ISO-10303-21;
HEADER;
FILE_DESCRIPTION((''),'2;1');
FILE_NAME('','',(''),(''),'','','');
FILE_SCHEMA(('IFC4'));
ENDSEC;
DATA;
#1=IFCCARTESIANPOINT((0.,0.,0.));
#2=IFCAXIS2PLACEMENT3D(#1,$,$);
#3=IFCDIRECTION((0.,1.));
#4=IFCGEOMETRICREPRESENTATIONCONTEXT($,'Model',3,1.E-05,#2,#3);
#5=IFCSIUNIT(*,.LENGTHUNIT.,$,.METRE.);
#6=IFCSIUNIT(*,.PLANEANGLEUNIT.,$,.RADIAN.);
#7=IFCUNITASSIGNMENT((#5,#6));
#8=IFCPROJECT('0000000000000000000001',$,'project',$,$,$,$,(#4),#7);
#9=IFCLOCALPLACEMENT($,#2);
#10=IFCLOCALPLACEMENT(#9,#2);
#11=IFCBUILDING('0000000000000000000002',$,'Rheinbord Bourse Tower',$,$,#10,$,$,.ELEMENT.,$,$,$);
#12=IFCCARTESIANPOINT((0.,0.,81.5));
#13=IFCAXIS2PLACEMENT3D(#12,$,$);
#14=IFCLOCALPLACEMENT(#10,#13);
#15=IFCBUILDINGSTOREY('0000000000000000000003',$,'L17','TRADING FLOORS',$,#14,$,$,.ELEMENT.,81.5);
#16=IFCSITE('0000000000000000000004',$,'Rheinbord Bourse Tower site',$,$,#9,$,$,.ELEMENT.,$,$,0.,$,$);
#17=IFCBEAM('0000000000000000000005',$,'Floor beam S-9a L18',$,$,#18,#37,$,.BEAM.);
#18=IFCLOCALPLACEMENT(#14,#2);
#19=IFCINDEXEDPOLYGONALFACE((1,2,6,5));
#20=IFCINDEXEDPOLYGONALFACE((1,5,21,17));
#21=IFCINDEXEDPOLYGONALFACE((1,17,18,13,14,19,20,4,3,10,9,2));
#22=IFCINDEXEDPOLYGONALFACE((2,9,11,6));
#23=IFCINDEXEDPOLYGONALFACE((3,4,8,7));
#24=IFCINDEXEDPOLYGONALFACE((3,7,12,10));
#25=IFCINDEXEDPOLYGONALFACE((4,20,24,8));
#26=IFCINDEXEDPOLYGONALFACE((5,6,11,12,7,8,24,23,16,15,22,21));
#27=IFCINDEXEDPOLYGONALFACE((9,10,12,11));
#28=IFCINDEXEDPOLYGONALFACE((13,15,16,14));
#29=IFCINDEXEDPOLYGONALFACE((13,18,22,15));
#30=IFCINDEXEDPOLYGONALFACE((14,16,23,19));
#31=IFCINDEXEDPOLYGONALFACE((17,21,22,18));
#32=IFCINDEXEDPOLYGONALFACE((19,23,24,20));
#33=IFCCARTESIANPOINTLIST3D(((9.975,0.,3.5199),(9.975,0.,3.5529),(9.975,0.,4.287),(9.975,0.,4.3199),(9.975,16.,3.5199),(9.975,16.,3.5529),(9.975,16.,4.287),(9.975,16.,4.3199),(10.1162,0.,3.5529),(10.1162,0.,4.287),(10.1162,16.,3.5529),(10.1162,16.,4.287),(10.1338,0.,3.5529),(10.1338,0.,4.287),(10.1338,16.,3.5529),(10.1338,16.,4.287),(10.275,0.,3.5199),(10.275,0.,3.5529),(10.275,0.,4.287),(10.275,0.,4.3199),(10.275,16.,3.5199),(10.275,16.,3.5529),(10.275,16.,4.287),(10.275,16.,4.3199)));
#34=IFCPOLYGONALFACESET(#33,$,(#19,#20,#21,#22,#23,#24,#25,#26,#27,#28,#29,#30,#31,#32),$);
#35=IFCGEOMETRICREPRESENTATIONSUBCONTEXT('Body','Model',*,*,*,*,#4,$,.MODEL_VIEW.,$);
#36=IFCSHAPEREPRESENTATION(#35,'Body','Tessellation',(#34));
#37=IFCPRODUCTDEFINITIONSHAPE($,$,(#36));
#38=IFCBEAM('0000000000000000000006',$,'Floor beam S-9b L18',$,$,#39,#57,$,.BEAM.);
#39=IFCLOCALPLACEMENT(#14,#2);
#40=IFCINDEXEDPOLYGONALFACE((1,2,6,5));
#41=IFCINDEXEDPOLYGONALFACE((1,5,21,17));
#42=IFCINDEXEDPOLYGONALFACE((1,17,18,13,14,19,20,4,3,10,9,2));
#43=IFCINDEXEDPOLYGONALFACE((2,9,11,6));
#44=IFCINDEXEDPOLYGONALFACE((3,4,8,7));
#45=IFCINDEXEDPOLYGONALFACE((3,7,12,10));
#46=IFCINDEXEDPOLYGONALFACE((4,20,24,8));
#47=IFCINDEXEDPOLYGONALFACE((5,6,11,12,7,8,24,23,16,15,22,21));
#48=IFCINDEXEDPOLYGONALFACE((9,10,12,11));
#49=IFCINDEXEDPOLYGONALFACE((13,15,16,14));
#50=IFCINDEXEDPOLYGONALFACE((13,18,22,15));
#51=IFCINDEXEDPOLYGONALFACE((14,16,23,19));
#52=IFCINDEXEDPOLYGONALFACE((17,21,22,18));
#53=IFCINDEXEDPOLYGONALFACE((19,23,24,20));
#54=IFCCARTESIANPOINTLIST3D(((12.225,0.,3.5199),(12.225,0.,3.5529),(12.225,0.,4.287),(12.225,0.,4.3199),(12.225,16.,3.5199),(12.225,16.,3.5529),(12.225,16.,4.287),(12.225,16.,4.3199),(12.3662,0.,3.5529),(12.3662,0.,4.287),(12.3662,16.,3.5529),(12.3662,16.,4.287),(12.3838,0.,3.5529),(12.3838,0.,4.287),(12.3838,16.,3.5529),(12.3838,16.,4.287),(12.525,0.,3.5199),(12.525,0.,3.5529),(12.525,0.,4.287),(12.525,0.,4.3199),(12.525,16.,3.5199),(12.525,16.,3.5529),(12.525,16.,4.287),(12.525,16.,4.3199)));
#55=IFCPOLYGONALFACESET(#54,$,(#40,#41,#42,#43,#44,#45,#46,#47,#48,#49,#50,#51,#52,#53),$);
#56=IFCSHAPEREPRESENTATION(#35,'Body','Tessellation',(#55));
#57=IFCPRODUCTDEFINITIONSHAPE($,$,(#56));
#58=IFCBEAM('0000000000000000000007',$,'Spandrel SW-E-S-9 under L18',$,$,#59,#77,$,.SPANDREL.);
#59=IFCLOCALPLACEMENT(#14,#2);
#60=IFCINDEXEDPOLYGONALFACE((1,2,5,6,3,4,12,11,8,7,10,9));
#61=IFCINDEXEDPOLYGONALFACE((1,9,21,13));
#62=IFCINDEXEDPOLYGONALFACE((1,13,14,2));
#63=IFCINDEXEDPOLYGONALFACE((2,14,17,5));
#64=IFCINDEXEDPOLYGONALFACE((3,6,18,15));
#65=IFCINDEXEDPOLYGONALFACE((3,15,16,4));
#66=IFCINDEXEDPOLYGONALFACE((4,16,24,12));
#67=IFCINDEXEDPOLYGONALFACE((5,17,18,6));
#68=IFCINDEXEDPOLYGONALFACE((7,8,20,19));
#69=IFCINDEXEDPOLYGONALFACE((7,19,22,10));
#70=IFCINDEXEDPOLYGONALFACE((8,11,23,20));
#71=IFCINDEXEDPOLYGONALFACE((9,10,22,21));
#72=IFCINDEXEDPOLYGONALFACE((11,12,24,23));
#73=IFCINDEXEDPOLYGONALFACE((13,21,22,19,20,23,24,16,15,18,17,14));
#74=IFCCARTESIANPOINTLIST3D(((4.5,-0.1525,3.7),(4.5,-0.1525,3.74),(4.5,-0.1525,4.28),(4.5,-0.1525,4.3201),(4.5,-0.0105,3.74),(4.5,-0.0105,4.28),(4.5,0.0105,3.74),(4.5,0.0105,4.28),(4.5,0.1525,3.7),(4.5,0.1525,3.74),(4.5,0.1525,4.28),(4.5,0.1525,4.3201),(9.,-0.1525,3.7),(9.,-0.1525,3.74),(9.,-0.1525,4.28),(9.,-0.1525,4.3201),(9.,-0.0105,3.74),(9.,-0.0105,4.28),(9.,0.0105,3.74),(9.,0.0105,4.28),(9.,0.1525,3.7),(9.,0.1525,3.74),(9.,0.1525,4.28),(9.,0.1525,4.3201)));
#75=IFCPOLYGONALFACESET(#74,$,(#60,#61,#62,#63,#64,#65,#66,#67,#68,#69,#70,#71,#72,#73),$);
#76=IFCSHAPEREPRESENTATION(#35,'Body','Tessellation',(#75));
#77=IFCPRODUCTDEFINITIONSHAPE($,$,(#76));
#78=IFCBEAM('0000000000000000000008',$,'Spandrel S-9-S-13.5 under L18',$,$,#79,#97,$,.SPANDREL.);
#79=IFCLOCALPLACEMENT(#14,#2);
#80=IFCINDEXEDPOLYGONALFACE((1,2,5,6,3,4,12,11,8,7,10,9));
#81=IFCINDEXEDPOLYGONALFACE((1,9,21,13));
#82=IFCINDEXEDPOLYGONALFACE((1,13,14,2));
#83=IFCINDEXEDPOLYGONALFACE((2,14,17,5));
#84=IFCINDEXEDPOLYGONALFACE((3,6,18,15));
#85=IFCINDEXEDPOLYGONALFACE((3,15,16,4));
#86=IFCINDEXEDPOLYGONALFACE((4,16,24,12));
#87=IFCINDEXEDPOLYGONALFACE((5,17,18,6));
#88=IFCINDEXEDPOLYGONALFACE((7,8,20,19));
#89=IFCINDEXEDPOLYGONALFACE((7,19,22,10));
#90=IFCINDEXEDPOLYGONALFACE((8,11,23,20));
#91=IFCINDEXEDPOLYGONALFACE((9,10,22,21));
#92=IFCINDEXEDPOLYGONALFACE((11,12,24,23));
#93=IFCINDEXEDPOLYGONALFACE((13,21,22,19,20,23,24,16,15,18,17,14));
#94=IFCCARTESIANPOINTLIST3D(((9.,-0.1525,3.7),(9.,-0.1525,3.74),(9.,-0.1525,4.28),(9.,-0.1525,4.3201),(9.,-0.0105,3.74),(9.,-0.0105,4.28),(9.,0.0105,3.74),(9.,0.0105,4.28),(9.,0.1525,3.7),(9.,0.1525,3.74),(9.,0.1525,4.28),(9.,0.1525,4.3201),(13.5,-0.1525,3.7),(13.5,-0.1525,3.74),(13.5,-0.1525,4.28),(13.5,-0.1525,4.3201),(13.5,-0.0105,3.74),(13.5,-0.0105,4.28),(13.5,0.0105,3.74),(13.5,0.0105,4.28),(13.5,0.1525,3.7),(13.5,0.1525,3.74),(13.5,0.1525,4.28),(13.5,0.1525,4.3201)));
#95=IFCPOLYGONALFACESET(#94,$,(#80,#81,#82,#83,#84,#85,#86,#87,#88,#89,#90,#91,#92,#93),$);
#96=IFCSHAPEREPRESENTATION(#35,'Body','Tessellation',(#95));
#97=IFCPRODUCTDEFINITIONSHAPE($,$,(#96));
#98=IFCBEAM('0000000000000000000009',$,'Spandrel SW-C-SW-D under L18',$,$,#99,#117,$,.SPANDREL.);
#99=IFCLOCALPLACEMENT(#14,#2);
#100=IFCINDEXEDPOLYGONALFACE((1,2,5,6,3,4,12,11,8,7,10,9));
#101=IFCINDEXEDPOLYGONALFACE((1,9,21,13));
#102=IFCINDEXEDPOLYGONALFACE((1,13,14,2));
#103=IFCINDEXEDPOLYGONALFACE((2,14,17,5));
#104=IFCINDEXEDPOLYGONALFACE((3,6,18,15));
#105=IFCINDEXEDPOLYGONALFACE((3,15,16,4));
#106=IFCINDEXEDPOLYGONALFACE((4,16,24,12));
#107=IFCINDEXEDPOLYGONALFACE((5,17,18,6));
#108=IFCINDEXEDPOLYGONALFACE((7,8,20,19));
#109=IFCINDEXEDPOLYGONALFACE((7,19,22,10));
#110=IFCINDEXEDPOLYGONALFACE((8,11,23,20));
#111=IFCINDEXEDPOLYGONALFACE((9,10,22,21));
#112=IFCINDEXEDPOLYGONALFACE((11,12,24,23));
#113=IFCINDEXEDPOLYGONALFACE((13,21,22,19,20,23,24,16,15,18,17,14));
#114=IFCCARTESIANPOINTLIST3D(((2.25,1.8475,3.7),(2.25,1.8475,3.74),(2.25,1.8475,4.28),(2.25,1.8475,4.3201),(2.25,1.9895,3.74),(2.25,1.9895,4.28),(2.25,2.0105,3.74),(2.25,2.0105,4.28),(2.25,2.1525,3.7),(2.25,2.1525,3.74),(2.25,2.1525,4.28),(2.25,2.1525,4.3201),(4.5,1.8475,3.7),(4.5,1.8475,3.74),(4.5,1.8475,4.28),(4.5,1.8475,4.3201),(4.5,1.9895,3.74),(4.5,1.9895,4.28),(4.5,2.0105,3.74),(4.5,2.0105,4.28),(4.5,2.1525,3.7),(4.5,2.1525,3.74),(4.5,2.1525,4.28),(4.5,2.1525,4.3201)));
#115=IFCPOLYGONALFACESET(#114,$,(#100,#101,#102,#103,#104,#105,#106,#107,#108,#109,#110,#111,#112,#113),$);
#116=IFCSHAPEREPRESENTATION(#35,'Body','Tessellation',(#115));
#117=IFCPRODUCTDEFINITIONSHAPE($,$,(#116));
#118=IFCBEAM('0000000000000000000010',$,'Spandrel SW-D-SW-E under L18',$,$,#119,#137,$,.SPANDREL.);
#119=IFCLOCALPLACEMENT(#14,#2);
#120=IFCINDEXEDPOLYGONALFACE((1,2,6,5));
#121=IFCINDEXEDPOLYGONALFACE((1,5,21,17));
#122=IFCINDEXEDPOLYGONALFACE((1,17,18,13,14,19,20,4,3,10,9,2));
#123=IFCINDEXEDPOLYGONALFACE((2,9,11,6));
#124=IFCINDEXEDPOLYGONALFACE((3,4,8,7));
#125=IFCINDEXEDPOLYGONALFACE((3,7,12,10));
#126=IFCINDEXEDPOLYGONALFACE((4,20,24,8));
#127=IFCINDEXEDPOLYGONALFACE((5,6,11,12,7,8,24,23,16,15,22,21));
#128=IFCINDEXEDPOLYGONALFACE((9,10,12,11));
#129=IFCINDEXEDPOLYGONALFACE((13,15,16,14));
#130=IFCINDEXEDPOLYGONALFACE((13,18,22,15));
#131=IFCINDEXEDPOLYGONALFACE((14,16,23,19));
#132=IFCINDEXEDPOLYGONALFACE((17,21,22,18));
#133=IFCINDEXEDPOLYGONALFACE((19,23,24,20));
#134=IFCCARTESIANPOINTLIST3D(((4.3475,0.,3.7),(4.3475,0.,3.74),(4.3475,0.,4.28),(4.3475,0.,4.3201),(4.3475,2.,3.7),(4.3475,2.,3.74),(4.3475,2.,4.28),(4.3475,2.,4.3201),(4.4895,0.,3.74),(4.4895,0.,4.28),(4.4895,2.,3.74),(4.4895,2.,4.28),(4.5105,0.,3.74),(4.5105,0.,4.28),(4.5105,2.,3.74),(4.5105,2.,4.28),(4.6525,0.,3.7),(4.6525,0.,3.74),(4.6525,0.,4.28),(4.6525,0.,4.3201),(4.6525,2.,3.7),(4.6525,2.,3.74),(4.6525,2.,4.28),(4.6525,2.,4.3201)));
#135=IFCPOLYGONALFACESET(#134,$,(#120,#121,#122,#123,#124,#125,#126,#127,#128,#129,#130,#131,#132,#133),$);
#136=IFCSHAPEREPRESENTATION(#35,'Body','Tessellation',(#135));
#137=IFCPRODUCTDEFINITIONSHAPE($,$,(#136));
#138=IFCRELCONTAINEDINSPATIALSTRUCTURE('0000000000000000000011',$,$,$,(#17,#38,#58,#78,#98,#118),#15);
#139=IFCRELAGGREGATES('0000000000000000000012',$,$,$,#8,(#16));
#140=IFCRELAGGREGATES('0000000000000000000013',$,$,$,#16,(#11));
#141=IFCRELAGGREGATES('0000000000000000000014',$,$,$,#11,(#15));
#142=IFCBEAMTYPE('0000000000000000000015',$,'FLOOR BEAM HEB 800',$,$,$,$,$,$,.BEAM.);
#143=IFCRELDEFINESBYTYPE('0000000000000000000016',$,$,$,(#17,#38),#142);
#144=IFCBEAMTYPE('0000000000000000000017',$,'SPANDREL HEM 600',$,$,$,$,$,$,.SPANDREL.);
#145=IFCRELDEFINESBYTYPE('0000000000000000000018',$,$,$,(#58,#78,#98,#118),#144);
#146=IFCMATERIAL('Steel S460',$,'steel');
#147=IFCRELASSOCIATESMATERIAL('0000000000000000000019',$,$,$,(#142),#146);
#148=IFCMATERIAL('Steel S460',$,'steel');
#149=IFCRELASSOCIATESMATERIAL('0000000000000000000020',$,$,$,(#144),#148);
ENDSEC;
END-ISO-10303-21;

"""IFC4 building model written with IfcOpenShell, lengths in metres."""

from ifc_helpers import new_model, si_unit, direction, frame, origin, origin_2d, place, context, subcontext, project, spatial, i_section, extrude, material, material_profile, profile_set, type_object, element, save


model = new_model("IFC4")

# Units and contexts
model_context = context("Model", 3, precision=1e-05, world=origin(), true_north=direction((0.0, 1.0)))
body_context = subcontext(model_context, "Body", "Model", "MODEL_VIEW")
ifc_project = project(units=[si_unit("LENGTHUNIT", "METRE"), si_unit("PLANEANGLEUNIT", "RADIAN")], contexts=[model_context])

# Site, building, storey
site_placement = place(None, origin())
site = spatial("IfcSite", under=ifc_project, at=site_placement, Name="Rheinbord Bourse Tower site", CompositionType="ELEMENT", RefElevation=0.0)
building_placement = place(site_placement, origin())
building = spatial("IfcBuilding", under=site, at=building_placement, Name="Rheinbord Bourse Tower", CompositionType="ELEMENT")
storey_placement = place(building_placement, frame((0.0, 0.0, 81.5)))
storey = spatial("IfcBuildingStorey", under=building, at=storey_placement, Name="L17", Description="TRADING FLOORS", CompositionType="ELEMENT", Elevation=81.5)

# Beams
ifc_material_1 = material(Name="Steel S460", Category="steel")
ifc_material_profile_1 = material_profile(ifc_material_1, i_section(OverallWidth=0.3, OverallDepth=0.8, WebThickness=0.0176, FlangeThickness=0.033, at=origin_2d()), Name="HEB 800")
ifc_profile_set_1 = profile_set([ifc_material_profile_1], Name="Steel S460")
beam_type_1 = type_object("IfcBeamType", Name="FLOOR BEAM HEB 800", PredefinedType="BEAM", material=ifc_profile_set_1)
for number, where, z_axis, x_axis, name in (
    (1, (10.125, 0.0, 3.9199), (0.0, 1.0, 0.0), (-1.0, 0.0, 0.0), "Floor beam S-9a L18"),
    (2, (12.375, 0.0, 3.9199), (0.0, 1.0, 0.0), (-1.0, 0.0, 0.0), "Floor beam S-9b L18"),
):
    element("IfcBeam", number, at=place(storey_placement, frame(where, z_axis=z_axis, x_axis=x_axis)), inside=storey, type_object=beam_type_1, Name=name, PredefinedType="BEAM", context=body_context, shape_type="SweptSolid", body=[
        extrude(i_section(OverallWidth=0.3, OverallDepth=0.8, WebThickness=0.0176, FlangeThickness=0.033, at=origin_2d()), origin(), (0.0, 0.0, 1.0), 16.0),
    ])
ifc_material_2 = material(Name="Steel S460", Category="steel")
ifc_material_profile_2 = material_profile(ifc_material_2, i_section(OverallWidth=0.3049, OverallDepth=0.6201, WebThickness=0.021, FlangeThickness=0.04, at=origin_2d()), Name="HEM 600")
ifc_profile_set_2 = profile_set([ifc_material_profile_2], Name="Steel S460")
beam_type_2 = type_object("IfcBeamType", Name="SPANDREL HEM 600", PredefinedType="SPANDREL", material=ifc_profile_set_2)
for number, where, z_axis, x_axis, name in (
    (3, (4.5, 0.0, 4.01), (1.0, 0.0, 0.0), (0.0, 1.0, 0.0), "Spandrel SW-E-S-9 under L18"),
    (4, (9.0, 0.0, 4.01), (1.0, 0.0, 0.0), (0.0, 1.0, 0.0), "Spandrel S-9-S-13.5 under L18"),
):
    element("IfcBeam", number, at=place(storey_placement, frame(where, z_axis=z_axis, x_axis=x_axis)), inside=storey, type_object=beam_type_2, Name=name, PredefinedType="SPANDREL", context=body_context, shape_type="SweptSolid", body=[
        extrude(i_section(OverallWidth=0.3049, OverallDepth=0.6201, WebThickness=0.021, FlangeThickness=0.04, at=origin_2d()), origin(), (0.0, 0.0, 1.0), 4.5),
    ])
beam_1_placement = place(storey_placement, frame((2.25, 2.0, 4.01), z_axis=(1.0, 0.0, 0.0), x_axis=(0.0, 1.0, 0.0)))
element("IfcBeam", 5, at=beam_1_placement, inside=storey, type_object=beam_type_2, Name="Spandrel SW-C-SW-D under L18", PredefinedType="SPANDREL", context=body_context, shape_type="SweptSolid", body=[
    extrude(i_section(OverallWidth=0.3049, OverallDepth=0.6201, WebThickness=0.021, FlangeThickness=0.04, at=origin_2d()), origin(), (0.0, 0.0, 1.0), 2.25),
])
beam_2_placement = place(storey_placement, frame((4.5, 2.0, 4.01), z_axis=(0.0, -1.0, 0.0), x_axis=(1.0, 0.0, 0.0)))
element("IfcBeam", 6, at=beam_2_placement, inside=storey, type_object=beam_type_2, Name="Spandrel SW-D-SW-E under L18", PredefinedType="SPANDREL", context=body_context, shape_type="SweptSolid", body=[
    extrude(i_section(OverallWidth=0.3049, OverallDepth=0.6201, WebThickness=0.021, FlangeThickness=0.04, at=origin_2d()), origin(), (0.0, 0.0, 1.0), 2.0),
])

save(model, "model.ifc")
